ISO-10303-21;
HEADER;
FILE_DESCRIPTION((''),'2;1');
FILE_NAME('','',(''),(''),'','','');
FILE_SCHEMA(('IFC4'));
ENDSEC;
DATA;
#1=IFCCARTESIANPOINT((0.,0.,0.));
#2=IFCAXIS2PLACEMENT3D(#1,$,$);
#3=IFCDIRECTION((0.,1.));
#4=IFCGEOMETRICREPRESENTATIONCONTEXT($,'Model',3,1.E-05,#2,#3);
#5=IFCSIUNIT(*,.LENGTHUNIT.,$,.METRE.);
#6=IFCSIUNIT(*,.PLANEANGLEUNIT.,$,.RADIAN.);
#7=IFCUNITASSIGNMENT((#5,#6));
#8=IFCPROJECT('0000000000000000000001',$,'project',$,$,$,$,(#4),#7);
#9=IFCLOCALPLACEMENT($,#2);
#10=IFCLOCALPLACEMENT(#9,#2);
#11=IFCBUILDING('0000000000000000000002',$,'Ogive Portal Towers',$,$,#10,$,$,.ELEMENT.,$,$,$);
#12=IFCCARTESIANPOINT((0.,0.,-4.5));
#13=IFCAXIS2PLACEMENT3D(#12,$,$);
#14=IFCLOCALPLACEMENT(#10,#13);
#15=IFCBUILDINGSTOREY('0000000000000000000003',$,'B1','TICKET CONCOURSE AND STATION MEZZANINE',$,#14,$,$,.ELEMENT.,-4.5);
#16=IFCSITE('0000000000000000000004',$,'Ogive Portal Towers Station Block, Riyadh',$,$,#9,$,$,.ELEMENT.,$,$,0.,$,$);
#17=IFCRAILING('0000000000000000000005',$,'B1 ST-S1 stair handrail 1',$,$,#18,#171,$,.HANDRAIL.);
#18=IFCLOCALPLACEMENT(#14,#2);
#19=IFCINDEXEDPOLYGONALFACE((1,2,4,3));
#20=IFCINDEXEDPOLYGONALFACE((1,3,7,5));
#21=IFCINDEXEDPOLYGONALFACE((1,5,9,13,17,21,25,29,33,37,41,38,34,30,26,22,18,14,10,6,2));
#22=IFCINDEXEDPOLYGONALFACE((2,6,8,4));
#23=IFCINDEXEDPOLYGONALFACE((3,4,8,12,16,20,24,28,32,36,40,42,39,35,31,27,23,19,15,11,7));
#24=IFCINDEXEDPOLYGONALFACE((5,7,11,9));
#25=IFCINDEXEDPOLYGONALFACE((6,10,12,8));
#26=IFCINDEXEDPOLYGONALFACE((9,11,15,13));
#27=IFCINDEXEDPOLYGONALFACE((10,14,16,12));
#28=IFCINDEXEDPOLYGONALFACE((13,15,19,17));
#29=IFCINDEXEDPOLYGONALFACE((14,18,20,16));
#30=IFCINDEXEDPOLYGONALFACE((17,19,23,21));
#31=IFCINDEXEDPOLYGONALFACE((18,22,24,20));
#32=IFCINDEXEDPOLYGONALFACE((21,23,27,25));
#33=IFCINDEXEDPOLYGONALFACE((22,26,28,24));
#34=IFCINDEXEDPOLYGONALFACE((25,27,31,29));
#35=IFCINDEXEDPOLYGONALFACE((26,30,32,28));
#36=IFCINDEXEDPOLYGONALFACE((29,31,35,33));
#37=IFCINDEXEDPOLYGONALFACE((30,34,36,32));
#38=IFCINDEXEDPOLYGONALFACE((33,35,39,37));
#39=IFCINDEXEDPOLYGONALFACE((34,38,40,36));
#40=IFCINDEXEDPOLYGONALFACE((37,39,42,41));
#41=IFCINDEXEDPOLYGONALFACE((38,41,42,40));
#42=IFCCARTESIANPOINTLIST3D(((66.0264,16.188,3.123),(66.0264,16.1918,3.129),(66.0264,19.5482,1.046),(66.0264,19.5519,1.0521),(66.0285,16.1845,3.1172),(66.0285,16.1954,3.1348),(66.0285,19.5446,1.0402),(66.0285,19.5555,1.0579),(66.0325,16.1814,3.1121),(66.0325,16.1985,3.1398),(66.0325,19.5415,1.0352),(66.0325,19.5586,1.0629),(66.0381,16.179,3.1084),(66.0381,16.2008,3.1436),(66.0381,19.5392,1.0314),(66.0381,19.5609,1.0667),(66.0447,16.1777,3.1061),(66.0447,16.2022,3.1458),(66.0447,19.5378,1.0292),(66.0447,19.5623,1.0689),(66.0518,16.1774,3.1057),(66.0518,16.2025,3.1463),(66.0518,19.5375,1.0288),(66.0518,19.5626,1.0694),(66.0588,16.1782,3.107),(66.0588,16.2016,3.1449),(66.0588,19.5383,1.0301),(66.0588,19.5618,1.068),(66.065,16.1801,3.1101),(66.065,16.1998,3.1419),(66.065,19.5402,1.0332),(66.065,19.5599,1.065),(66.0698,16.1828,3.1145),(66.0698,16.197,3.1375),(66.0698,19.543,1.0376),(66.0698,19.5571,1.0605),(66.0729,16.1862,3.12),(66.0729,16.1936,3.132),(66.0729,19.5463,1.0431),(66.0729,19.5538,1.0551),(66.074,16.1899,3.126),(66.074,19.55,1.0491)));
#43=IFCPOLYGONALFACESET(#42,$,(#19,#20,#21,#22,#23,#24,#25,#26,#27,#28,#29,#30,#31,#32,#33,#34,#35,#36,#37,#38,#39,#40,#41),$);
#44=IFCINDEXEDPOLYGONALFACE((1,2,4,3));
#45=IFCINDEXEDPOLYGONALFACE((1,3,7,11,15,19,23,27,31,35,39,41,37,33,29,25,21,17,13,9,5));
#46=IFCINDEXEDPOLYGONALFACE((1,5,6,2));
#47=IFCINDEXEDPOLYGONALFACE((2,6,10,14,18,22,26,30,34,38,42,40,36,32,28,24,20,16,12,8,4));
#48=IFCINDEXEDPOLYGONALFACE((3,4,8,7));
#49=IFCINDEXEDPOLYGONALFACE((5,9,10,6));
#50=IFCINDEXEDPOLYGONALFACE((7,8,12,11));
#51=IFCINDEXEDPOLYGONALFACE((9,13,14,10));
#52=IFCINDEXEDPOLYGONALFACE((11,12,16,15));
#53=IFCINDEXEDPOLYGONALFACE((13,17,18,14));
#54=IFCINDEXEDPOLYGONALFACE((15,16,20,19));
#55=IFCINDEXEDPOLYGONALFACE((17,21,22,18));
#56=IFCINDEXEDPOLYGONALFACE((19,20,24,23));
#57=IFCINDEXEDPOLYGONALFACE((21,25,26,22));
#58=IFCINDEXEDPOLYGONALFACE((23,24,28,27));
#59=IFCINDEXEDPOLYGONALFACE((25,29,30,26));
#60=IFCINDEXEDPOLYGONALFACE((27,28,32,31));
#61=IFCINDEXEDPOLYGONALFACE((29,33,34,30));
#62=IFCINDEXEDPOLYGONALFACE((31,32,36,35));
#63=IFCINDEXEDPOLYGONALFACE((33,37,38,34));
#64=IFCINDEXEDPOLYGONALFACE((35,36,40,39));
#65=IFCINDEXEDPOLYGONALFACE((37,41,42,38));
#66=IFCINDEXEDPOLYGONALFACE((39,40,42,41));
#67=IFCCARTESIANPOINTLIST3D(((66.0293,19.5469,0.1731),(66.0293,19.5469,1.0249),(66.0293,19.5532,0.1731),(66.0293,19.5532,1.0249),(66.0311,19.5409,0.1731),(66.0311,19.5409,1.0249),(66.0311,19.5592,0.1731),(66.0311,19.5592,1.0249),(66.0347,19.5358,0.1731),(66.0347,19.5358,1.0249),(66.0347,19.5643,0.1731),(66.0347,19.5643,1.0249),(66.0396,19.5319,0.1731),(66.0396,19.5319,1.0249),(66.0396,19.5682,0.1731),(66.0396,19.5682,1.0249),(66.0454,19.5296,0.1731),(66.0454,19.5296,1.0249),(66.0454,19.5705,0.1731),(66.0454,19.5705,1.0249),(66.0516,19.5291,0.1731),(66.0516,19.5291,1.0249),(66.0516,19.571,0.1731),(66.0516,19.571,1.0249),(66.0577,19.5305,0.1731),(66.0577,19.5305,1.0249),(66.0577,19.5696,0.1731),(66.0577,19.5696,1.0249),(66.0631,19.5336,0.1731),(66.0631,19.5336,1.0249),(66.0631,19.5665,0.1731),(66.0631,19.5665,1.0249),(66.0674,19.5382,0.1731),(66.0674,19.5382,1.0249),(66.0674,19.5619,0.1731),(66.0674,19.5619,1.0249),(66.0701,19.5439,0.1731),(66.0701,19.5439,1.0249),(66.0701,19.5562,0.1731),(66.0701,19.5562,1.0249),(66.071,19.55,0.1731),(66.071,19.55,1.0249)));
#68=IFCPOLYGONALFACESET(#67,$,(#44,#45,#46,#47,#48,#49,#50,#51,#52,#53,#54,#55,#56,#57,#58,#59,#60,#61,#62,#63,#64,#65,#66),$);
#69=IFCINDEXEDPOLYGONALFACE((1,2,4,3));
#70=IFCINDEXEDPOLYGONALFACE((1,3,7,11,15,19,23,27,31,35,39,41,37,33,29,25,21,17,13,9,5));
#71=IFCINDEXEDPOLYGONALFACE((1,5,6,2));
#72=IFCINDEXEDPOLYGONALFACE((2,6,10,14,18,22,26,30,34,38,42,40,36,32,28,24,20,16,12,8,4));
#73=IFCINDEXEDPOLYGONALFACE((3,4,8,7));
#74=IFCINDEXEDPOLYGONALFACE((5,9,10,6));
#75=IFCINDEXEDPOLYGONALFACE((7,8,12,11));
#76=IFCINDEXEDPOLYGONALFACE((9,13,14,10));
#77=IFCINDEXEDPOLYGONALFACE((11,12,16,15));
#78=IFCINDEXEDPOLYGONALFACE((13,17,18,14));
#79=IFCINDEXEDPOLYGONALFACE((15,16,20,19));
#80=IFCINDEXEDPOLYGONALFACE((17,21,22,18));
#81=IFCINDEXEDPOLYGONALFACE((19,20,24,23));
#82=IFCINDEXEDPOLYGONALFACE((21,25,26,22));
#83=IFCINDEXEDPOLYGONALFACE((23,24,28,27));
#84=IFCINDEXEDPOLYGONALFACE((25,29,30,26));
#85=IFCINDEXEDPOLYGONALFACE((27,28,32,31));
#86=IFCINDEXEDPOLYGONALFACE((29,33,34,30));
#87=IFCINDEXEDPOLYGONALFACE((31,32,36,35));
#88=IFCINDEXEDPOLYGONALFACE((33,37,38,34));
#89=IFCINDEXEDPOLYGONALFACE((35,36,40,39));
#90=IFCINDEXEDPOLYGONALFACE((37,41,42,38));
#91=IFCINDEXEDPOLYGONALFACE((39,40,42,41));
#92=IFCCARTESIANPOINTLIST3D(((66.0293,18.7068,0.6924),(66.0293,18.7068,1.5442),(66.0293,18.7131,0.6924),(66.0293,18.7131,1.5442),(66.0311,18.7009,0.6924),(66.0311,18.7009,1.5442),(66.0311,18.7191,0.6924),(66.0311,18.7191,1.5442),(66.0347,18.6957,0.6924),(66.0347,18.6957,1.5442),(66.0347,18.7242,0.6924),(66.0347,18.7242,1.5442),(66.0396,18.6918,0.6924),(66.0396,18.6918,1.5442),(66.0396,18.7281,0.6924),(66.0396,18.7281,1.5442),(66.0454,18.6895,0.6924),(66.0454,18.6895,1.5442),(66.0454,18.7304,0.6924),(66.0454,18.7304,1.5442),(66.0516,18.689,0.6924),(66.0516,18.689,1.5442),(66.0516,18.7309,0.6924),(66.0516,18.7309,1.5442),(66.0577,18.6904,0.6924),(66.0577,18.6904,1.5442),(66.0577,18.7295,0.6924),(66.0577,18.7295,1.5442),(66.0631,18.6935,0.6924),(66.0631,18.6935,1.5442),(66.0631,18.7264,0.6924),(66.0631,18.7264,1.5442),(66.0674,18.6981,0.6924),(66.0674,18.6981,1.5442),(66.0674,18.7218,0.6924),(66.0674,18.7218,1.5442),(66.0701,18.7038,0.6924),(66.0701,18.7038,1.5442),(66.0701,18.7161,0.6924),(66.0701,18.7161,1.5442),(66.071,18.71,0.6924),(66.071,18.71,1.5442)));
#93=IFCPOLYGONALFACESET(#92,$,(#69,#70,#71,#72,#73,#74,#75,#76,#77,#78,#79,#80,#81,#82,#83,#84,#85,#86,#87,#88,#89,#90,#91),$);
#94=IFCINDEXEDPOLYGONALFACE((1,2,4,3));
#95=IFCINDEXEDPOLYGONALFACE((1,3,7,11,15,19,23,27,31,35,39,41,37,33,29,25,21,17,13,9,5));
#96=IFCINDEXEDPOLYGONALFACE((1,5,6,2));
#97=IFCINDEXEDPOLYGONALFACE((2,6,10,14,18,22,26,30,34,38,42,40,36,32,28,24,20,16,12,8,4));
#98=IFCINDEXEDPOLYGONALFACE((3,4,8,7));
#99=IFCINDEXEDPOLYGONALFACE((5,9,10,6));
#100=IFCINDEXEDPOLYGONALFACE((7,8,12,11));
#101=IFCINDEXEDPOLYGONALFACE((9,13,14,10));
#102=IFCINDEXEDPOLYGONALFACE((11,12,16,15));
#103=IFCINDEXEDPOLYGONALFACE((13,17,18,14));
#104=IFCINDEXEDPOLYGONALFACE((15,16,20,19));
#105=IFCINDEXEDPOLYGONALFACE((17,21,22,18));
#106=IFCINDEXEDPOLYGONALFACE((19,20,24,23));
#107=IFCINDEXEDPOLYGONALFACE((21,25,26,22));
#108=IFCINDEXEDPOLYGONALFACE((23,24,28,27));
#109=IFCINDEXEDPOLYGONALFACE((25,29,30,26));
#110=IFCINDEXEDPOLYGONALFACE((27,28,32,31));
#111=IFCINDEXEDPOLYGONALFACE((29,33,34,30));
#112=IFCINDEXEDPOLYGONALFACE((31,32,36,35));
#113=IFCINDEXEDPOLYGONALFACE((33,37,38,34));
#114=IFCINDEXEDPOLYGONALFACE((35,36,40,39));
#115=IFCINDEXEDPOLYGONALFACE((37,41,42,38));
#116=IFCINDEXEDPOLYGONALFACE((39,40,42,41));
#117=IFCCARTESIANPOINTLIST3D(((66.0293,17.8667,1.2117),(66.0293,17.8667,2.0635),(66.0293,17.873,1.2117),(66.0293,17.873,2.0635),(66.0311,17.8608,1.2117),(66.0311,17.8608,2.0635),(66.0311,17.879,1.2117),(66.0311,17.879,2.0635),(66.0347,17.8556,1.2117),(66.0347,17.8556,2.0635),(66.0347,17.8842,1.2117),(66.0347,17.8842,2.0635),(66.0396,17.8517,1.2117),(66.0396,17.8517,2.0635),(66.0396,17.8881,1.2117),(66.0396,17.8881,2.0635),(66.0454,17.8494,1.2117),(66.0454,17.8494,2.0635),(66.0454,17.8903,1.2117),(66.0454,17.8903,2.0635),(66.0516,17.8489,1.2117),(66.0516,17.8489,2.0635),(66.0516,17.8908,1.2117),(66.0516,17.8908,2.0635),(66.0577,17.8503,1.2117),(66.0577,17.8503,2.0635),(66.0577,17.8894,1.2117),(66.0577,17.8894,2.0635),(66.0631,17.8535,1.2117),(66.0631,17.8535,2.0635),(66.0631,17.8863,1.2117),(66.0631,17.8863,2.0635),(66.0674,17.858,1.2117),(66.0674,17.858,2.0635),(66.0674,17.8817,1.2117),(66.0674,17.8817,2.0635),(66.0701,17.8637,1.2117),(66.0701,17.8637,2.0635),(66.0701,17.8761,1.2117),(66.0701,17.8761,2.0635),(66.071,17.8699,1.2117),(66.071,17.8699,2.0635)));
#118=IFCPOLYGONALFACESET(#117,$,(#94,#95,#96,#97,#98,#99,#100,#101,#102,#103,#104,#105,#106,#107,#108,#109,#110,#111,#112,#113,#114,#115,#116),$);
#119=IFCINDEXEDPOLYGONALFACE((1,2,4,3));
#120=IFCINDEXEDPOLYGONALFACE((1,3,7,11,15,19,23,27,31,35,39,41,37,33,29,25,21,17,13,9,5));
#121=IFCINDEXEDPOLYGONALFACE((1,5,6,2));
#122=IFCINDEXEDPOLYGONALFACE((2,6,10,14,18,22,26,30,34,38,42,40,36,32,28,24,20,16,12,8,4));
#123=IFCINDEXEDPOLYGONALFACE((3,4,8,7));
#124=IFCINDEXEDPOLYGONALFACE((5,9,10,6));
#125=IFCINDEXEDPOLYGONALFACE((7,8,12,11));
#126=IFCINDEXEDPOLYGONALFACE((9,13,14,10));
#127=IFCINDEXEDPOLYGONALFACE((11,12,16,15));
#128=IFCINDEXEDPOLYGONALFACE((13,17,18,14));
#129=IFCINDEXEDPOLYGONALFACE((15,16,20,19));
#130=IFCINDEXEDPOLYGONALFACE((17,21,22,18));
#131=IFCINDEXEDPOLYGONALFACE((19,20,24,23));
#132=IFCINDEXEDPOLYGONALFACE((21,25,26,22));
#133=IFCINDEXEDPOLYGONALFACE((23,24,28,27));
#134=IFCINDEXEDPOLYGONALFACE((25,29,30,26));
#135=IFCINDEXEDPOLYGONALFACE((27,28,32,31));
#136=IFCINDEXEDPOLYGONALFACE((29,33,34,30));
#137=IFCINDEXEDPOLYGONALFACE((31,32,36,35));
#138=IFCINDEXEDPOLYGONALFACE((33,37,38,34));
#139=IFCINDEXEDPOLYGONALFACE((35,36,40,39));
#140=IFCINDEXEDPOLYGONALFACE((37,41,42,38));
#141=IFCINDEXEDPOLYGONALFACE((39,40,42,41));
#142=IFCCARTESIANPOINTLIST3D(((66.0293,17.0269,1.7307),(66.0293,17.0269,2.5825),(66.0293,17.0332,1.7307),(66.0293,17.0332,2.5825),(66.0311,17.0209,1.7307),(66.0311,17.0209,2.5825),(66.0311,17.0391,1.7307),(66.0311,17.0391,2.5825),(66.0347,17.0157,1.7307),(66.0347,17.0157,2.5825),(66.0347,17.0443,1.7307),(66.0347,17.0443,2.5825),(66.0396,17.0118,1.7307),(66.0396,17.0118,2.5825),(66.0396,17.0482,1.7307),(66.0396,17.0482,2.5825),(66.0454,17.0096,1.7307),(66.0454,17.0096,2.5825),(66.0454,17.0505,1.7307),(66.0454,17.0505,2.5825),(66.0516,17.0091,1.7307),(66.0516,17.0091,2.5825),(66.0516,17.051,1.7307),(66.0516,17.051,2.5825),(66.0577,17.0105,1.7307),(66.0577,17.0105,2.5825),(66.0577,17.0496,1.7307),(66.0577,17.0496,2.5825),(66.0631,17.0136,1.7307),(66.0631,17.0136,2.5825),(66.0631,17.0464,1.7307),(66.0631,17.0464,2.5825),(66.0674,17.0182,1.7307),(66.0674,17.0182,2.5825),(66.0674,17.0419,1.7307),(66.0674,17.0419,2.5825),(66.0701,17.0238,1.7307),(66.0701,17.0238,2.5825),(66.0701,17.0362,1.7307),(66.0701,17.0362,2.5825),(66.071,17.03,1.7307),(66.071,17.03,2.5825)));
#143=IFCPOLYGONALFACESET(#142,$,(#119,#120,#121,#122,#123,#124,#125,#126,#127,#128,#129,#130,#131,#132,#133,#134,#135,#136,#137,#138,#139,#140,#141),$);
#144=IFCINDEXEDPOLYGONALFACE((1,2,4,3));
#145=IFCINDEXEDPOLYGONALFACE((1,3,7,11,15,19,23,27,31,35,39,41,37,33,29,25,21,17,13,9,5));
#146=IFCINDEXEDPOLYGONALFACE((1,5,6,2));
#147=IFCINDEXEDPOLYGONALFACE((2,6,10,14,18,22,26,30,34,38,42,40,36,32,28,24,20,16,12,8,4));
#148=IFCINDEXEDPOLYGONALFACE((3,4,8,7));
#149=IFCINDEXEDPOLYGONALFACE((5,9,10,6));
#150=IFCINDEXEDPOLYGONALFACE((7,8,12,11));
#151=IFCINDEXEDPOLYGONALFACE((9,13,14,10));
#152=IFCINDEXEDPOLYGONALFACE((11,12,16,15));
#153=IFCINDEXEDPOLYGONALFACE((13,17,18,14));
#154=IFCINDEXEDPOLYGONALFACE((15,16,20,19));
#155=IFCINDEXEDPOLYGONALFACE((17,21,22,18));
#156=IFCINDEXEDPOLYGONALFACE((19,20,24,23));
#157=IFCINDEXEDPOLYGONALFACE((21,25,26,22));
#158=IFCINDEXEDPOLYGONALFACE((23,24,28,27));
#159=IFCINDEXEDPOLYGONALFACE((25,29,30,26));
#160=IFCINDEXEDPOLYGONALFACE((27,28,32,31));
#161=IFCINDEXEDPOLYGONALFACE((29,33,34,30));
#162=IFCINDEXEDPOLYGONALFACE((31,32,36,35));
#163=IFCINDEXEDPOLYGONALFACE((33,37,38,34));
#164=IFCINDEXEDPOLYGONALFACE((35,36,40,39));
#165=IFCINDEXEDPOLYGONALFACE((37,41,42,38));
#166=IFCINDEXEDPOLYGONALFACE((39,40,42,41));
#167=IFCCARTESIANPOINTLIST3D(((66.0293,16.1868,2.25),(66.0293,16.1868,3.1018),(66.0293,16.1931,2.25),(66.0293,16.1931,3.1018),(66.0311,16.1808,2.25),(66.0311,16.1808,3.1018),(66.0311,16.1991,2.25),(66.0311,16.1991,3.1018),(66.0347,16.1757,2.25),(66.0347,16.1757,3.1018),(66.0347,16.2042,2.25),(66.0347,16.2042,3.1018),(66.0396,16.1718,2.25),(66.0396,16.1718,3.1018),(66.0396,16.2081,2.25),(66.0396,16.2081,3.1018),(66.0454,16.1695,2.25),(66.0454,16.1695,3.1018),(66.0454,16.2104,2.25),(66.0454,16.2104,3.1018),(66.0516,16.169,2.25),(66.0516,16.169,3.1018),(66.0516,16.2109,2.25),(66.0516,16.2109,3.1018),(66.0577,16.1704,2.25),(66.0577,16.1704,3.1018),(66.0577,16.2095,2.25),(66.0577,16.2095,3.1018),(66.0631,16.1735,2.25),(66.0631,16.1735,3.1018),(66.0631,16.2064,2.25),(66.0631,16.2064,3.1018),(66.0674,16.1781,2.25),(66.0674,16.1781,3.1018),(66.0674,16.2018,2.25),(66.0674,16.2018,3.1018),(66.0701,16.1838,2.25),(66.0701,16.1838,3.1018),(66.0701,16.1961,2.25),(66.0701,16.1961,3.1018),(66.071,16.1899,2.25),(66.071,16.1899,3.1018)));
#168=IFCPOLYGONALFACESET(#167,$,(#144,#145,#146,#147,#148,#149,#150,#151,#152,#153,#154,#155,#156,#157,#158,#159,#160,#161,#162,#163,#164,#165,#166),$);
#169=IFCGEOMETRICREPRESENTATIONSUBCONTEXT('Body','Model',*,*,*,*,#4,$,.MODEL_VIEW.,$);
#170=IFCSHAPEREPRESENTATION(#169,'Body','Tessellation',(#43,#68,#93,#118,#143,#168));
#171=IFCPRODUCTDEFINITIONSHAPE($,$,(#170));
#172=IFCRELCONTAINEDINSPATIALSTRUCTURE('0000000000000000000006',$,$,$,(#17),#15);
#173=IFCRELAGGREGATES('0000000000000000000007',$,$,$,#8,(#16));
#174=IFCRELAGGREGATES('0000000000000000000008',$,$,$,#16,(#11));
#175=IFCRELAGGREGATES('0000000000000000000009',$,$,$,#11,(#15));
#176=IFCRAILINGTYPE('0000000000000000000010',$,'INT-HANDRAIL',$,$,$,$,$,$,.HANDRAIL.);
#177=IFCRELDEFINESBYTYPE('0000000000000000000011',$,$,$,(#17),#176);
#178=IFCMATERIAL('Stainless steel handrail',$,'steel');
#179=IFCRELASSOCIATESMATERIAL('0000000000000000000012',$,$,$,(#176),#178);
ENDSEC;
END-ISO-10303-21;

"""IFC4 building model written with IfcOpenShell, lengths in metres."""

from ifc_helpers import new_model, si_unit, direction, frame, origin, origin_2d, place, context, subcontext, project, spatial, circle, extrude, material, type_object, element, save


model = new_model("IFC4")

# Units and contexts
model_context = context("Model", 3, precision=1e-05, world=origin(), true_north=direction((0.0, 1.0)))
body_context = subcontext(model_context, "Body", "Model", "MODEL_VIEW")
ifc_project = project(units=[si_unit("LENGTHUNIT", "METRE"), si_unit("PLANEANGLEUNIT", "RADIAN")], contexts=[model_context])

# Site, building, storey
site_placement = place(None, origin())
site = spatial("IfcSite", under=ifc_project, at=site_placement, Name="Ogive Portal Towers Station Block, Riyadh", CompositionType="ELEMENT", RefElevation=0.0)
building_placement = place(site_placement, origin())
building = spatial("IfcBuilding", under=site, at=building_placement, Name="Ogive Portal Towers", CompositionType="ELEMENT")
storey_placement = place(building_placement, frame((0.0, 0.0, -4.5)))
storey = spatial("IfcBuildingStorey", under=building, at=storey_placement, Name="B1", Description="TICKET CONCOURSE AND STATION MEZZANINE", CompositionType="ELEMENT", Elevation=-4.5)

# Railing
ifc_material_1 = material(Name="Stainless steel handrail", Category="steel")
railing_type_1 = type_object("IfcRailingType", Name="INT-HANDRAIL", PredefinedType="HANDRAIL", material=ifc_material_1)
railing_1_placement = place(storey_placement, frame((66.05, 19.55, 0.1731)))
element("IfcRailing", 1, at=railing_1_placement, inside=storey, type_object=railing_type_1, Name="B1 ST-S1 stair handrail 1", PredefinedType="HANDRAIL", context=body_context, shape_type="SweptSolid", body=[
    extrude(circle(Radius=0.0239, at=origin_2d()), frame((0.0, 0.0, 0.876), z_axis=(0.0, -0.850623, 0.525776), x_axis=(1.0, 0.0, 0.0)), (0.0, 0.0, 1.0), 3.9502),
    extrude(circle(Radius=0.021, at=origin_2d()), origin(), (0.0, 0.0, 1.0), 0.8518),
    extrude(circle(Radius=0.021, at=origin_2d()), frame((0.0, -0.8401, 0.5193)), (0.0, 0.0, 1.0), 0.8518),
    extrude(circle(Radius=0.021, at=origin_2d()), frame((0.0, -1.6802, 1.0386)), (0.0, 0.0, 1.0), 0.8518),
    extrude(circle(Radius=0.021, at=origin_2d()), frame((0.0, -2.52, 1.5576)), (0.0, 0.0, 1.0), 0.8518),
    extrude(circle(Radius=0.021, at=origin_2d()), frame((0.0, -3.3601, 2.0769)), (0.0, 0.0, 1.0), 0.8518),
])

save(model, "model.ifc")
